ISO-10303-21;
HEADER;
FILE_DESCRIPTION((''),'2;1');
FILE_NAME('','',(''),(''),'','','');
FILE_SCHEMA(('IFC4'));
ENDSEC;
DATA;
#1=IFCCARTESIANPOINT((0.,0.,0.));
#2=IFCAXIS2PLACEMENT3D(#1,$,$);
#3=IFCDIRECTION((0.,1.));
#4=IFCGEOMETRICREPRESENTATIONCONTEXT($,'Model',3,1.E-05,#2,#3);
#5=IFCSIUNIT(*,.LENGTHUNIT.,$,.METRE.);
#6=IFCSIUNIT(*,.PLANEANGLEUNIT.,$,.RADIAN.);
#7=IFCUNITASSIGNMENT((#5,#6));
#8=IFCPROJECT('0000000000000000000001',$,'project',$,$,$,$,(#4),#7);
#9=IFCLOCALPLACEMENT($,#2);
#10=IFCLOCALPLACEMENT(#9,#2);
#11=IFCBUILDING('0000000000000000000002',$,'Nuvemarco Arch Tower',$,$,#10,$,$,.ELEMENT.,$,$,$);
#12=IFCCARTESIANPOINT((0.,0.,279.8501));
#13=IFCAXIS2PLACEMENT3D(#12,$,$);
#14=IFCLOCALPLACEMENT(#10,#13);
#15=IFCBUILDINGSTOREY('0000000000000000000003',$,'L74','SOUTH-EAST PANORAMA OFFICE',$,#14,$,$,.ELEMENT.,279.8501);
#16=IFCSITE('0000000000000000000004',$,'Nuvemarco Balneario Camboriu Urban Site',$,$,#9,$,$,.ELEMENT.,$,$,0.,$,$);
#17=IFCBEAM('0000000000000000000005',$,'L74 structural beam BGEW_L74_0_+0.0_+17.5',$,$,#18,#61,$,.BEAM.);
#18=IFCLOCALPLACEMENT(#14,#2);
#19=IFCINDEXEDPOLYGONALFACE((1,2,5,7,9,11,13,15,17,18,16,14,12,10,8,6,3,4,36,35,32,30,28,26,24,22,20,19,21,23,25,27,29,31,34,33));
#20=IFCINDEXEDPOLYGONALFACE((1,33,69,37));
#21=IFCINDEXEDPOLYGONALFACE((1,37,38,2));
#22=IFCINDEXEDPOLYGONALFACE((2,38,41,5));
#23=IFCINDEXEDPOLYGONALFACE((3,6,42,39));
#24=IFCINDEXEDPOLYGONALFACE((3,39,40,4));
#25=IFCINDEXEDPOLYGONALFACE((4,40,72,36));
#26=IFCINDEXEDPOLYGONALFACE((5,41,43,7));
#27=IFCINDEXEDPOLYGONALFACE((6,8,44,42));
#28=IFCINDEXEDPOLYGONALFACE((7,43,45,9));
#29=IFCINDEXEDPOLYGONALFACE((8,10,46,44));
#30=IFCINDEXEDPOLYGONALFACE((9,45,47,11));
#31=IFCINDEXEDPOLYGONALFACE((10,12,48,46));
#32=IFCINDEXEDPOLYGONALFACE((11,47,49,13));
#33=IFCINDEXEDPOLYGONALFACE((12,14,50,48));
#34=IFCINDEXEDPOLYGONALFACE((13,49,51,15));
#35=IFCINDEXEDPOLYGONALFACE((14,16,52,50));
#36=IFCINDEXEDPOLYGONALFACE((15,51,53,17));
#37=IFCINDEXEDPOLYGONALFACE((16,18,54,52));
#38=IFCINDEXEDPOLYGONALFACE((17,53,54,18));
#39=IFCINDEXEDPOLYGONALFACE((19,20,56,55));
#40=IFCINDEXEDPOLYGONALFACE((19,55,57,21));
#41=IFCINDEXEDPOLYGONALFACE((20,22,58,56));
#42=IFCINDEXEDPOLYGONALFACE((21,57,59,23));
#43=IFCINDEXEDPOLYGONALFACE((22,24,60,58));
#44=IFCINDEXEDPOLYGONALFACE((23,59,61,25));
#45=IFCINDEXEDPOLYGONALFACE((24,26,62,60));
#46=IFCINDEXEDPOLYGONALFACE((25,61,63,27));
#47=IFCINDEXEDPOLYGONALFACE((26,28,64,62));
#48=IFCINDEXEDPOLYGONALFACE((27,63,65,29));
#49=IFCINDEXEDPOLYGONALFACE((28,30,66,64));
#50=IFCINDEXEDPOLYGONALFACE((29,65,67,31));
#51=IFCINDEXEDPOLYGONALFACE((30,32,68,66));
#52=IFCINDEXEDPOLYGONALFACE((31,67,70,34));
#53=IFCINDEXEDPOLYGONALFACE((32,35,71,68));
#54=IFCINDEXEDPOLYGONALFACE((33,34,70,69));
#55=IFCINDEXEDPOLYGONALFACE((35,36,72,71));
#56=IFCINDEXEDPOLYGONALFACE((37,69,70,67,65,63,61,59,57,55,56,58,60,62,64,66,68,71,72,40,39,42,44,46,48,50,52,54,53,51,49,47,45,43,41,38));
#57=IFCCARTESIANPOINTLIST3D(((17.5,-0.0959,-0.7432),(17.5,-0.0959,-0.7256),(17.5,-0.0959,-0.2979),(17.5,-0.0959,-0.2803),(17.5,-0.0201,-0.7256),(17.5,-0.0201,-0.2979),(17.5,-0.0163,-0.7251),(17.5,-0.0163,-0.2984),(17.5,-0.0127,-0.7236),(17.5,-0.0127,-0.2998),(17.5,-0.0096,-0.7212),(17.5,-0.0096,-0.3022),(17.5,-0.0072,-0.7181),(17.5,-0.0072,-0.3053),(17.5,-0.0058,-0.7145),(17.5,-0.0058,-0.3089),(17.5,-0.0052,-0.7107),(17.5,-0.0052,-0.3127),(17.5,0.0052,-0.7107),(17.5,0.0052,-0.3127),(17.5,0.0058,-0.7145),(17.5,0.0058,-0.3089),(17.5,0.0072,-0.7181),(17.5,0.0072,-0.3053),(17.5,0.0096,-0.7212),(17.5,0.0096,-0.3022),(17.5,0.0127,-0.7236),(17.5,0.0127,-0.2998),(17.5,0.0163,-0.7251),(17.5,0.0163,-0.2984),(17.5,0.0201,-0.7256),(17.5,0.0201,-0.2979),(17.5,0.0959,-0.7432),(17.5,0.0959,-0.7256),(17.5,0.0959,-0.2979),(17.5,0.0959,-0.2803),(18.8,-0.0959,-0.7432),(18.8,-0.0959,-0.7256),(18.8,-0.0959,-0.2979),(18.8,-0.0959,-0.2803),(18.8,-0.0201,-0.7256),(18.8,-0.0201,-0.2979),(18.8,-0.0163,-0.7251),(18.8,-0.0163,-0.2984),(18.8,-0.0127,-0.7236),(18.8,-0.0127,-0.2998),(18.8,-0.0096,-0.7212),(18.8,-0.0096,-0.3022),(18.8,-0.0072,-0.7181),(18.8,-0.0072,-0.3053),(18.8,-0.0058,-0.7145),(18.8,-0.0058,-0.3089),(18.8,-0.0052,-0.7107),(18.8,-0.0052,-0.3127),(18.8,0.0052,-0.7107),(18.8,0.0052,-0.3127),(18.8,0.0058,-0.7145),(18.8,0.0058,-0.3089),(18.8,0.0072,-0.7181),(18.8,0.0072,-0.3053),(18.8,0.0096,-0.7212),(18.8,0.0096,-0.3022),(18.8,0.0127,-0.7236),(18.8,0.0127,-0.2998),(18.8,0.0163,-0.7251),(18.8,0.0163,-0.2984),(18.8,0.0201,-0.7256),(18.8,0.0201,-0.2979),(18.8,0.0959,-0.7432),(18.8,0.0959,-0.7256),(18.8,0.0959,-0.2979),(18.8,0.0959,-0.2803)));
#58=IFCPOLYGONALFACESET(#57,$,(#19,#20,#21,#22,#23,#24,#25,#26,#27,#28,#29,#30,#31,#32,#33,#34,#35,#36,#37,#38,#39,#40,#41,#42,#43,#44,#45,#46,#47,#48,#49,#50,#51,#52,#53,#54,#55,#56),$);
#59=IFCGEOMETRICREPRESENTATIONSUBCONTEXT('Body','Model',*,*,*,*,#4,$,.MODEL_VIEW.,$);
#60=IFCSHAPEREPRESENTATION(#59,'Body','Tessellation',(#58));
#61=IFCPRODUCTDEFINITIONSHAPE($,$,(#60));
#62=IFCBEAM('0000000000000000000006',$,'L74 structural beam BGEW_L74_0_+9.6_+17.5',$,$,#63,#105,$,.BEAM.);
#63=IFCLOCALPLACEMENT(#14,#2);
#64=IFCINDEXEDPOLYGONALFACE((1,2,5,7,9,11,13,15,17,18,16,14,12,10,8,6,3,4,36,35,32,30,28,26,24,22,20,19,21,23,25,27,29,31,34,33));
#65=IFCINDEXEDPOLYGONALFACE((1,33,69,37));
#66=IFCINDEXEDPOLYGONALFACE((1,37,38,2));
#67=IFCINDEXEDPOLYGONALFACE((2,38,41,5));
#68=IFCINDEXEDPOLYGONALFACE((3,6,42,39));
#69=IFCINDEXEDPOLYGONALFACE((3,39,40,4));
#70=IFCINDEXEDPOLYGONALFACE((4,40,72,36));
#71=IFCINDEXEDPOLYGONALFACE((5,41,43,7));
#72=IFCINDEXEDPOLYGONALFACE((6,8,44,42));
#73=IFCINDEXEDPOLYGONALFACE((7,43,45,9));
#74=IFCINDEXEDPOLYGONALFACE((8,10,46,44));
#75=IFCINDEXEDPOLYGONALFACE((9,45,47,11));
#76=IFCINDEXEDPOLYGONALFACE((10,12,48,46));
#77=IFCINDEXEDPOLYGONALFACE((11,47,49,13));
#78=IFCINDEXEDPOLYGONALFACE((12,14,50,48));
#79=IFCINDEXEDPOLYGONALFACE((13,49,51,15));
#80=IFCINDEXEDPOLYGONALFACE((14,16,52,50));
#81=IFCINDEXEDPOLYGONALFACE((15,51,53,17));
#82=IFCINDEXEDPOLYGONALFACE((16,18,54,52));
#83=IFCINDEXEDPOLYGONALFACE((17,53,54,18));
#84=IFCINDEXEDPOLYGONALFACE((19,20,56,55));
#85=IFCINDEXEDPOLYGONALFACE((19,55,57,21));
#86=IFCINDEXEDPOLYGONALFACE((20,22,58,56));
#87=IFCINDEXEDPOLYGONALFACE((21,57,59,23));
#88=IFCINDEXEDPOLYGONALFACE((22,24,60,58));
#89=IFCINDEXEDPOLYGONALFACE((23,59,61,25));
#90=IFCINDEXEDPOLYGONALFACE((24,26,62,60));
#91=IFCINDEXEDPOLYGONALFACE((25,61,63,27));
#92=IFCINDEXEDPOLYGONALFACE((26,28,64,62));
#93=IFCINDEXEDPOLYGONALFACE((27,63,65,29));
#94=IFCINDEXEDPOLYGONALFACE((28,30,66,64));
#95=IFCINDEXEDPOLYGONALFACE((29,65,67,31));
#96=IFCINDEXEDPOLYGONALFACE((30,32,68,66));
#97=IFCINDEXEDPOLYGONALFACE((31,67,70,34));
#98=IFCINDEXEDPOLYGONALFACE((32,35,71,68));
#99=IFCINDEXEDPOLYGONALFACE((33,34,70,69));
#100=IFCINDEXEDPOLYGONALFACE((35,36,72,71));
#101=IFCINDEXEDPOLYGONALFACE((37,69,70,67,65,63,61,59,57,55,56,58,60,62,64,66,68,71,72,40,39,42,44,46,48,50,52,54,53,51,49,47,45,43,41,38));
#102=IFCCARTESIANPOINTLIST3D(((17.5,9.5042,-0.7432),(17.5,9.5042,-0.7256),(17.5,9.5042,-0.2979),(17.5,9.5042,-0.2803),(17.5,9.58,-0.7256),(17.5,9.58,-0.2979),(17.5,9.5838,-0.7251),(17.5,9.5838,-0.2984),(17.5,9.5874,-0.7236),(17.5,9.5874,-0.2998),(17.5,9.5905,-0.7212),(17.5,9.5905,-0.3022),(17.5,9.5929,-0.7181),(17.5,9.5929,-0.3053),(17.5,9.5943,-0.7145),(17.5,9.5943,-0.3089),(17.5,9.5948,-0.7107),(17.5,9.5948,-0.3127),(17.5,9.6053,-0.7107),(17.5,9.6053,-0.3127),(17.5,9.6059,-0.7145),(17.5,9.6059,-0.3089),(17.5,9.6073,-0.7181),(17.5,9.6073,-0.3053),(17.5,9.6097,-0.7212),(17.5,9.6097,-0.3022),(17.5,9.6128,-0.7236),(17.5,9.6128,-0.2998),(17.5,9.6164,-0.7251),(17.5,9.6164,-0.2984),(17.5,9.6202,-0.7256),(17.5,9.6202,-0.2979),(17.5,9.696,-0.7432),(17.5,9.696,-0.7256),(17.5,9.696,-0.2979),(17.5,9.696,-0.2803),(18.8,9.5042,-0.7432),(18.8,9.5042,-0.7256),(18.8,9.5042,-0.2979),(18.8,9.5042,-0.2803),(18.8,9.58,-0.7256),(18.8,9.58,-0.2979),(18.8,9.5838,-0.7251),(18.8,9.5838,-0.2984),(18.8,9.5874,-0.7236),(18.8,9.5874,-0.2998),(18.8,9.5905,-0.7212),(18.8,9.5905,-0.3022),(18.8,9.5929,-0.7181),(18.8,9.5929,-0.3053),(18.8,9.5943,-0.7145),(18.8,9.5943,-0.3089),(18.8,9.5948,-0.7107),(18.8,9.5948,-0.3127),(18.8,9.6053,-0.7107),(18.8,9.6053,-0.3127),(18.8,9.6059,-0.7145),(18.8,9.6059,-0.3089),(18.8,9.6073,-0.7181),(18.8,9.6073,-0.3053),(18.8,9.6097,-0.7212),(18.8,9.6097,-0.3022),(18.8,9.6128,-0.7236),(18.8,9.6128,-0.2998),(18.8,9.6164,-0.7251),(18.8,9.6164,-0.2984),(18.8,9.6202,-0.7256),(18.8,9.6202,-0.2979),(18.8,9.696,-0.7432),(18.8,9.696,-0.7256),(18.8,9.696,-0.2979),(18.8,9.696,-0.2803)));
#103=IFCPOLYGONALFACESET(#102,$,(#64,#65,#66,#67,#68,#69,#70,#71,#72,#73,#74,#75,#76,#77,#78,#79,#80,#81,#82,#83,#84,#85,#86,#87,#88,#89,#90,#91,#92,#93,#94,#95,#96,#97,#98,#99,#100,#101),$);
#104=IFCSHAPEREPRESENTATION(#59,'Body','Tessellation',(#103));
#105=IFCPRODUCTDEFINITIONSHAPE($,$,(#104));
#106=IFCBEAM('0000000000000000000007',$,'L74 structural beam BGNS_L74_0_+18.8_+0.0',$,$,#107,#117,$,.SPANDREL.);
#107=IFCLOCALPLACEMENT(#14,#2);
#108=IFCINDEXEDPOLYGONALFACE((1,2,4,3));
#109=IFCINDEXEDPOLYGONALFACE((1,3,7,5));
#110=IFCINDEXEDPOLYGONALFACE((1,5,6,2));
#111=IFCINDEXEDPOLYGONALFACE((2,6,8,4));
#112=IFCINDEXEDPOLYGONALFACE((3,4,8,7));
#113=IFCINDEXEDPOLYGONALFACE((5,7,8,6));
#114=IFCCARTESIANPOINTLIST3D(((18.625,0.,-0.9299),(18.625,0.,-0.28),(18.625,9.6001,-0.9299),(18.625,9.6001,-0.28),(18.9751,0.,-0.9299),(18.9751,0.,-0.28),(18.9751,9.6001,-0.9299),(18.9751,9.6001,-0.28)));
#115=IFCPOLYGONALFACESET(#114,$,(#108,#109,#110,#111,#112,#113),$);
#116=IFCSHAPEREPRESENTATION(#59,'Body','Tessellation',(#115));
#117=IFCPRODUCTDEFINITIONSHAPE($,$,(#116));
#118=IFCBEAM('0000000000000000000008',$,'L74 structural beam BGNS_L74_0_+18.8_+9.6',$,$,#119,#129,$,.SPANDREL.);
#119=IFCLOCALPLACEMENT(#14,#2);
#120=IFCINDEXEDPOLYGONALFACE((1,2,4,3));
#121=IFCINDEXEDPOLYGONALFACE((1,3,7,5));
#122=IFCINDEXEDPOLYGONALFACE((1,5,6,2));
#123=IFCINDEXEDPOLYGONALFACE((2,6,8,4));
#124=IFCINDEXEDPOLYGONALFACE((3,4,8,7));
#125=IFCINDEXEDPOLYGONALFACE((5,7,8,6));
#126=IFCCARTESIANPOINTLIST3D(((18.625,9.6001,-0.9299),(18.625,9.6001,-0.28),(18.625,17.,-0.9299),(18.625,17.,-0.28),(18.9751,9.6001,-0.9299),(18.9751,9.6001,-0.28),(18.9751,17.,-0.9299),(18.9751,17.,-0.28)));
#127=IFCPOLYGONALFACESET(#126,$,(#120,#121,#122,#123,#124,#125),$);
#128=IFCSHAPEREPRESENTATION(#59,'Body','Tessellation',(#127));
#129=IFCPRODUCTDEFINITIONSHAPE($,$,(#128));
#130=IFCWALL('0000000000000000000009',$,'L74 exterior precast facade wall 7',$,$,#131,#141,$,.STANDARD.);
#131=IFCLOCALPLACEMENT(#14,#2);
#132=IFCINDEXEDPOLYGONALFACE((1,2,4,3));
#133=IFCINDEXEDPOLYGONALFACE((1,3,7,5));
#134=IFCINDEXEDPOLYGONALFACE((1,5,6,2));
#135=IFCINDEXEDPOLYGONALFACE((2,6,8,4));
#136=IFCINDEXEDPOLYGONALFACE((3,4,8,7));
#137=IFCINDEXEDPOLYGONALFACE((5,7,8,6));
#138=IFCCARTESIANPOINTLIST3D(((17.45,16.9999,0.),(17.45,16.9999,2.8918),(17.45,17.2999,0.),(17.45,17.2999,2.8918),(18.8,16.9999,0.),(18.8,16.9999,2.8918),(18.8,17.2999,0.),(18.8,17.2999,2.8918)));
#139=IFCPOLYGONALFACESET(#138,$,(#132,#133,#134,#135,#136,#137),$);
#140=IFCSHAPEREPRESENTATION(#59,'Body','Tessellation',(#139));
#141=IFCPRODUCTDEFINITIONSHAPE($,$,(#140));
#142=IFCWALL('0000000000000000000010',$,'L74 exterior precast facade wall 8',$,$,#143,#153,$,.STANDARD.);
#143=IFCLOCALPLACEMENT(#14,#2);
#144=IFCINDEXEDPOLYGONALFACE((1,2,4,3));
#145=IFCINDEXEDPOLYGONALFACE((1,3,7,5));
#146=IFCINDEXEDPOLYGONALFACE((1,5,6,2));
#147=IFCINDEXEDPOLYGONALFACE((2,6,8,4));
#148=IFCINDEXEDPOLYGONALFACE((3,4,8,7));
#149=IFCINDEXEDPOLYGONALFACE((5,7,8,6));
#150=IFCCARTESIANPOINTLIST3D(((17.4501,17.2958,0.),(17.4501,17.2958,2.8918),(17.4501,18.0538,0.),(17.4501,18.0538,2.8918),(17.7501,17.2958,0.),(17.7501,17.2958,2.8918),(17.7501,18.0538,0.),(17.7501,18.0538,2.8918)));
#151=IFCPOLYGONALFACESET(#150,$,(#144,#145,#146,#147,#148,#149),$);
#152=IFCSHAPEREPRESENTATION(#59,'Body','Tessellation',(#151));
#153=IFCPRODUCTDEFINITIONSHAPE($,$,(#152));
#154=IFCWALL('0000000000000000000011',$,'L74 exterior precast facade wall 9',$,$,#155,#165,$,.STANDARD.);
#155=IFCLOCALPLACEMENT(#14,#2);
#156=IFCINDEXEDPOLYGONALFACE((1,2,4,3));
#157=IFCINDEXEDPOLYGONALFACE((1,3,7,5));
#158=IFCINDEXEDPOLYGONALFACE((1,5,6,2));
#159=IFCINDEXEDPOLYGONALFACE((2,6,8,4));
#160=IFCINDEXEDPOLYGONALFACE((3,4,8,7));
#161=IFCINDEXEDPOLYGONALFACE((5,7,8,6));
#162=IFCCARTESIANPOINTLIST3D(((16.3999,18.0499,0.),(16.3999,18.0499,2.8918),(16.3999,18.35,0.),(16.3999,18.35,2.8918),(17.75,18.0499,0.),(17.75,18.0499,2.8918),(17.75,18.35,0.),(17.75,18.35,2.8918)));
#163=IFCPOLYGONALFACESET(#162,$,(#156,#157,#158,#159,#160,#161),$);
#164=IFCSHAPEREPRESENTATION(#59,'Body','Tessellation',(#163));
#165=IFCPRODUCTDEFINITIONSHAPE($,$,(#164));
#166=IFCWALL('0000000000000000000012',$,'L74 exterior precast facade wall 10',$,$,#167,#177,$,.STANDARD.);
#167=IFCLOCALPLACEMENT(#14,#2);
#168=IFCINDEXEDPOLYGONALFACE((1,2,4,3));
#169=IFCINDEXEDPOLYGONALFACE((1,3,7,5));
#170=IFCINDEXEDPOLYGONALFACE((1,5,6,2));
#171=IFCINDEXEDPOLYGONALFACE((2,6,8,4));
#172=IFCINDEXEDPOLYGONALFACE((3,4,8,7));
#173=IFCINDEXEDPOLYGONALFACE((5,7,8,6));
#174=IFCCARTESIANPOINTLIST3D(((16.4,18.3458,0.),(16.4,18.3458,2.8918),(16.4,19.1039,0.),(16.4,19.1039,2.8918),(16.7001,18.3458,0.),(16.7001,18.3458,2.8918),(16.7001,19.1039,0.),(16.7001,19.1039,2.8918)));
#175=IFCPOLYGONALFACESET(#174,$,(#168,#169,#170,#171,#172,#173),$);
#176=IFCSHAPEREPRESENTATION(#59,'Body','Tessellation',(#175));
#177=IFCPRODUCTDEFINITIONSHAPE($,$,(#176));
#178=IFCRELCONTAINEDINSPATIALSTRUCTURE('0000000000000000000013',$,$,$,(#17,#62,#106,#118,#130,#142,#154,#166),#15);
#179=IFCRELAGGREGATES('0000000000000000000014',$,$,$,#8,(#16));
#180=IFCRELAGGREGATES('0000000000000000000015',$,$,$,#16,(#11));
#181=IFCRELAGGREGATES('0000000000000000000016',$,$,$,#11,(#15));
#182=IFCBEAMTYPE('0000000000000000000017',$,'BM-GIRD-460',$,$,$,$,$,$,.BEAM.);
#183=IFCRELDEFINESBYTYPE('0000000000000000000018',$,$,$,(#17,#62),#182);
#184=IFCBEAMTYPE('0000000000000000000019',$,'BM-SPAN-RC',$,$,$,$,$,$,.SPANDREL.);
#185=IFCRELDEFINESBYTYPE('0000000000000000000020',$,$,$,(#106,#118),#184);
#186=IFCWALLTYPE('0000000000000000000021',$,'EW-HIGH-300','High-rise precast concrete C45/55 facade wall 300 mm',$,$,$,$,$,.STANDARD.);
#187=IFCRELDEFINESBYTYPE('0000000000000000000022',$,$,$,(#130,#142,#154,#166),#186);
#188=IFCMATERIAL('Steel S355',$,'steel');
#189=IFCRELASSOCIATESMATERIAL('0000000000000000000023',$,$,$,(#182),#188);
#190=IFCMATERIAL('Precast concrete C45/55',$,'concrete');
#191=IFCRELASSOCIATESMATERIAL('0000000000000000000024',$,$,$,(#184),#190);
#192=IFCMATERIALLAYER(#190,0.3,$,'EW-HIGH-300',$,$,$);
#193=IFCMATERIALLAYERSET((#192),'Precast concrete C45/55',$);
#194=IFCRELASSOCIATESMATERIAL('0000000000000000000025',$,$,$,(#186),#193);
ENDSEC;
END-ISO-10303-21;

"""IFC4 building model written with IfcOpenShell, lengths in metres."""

from ifc_helpers import new_model, si_unit, direction, frame, frame_2d, origin, origin_2d, place, context, subcontext, project, spatial, rectangle, i_section, extrude, material, layer, layer_set, material_profile, profile_set, type_object, element, save


model = new_model("IFC4")

# Units and contexts
model_context = context("Model", 3, precision=1e-05, world=origin(), true_north=direction((0.0, 1.0)))
body_context = subcontext(model_context, "Body", "Model", "MODEL_VIEW")
ifc_project = project(units=[si_unit("LENGTHUNIT", "METRE"), si_unit("PLANEANGLEUNIT", "RADIAN")], contexts=[model_context])

# Site, building, storey
site_placement = place(None, origin())
site = spatial("IfcSite", under=ifc_project, at=site_placement, Name="Nuvemarco Balneario Camboriu Urban Site", CompositionType="ELEMENT", RefElevation=0.0)
building_placement = place(site_placement, origin())
building = spatial("IfcBuilding", under=site, at=building_placement, Name="Nuvemarco Arch Tower", CompositionType="ELEMENT")
storey_placement = place(building_placement, frame((0.0, 0.0, 279.8501)))
storey = spatial("IfcBuildingStorey", under=building, at=storey_placement, Name="L74", Description="SOUTH-EAST PANORAMA OFFICE", CompositionType="ELEMENT", Elevation=279.8501)

# Shared definitions
ifc_material_1 = material(Name="Steel S355", Category="steel")

# Beams
ifc_material_profile_1 = material_profile(ifc_material_1, i_section(OverallWidth=0.1919, OverallDepth=0.4629, WebThickness=0.0105, FlangeThickness=0.0176, FilletRadius=0.0149, at=origin_2d()), Name="W460x89")
ifc_profile_set_1 = profile_set([ifc_material_profile_1], Name="Steel S355")
beam_type_1 = type_object("IfcBeamType", Name="BM-GIRD-460", PredefinedType="BEAM", material=ifc_profile_set_1)
for number, where, z_axis, x_axis, name in (
    (1, (17.5, 0.0, -0.5117), (1.0, 0.0, 0.0), (0.0, 1.0, 0.0), "L74 structural beam BGEW_L74_0_+0.0_+17.5"),
    (2, (17.5, 9.6001, -0.5117), (1.0, 0.0, 0.0), (0.0, 1.0, 0.0), "L74 structural beam BGEW_L74_0_+9.6_+17.5"),
):
    element("IfcBeam", number, at=place(storey_placement, frame(where, z_axis=z_axis, x_axis=x_axis)), inside=storey, type_object=beam_type_1, Name=name, PredefinedType="BEAM", context=body_context, shape_type="SweptSolid", body=[
        extrude(i_section(OverallWidth=0.1919, OverallDepth=0.4629, WebThickness=0.0105, FlangeThickness=0.0176, FilletRadius=0.0149, at=origin_2d()), origin(), (0.0, 0.0, 1.0), 1.3),
    ])
ifc_material_2 = material(Name="Precast concrete C45/55", Category="concrete")
ifc_material_profile_2 = material_profile(ifc_material_2, rectangle(XDim=0.3501, YDim=0.6499, at=origin_2d()), Name="PC-SP-350x650")
ifc_profile_set_2 = profile_set([ifc_material_profile_2], Name="Precast concrete C45/55")
beam_type_2 = type_object("IfcBeamType", Name="BM-SPAN-RC", PredefinedType="SPANDREL", material=ifc_profile_set_2)
beam_1_placement = place(storey_placement, frame((18.8, 0.0, -0.605), z_axis=(0.0, 1.0, 0.0), x_axis=(-1.0, 0.0, 0.0)))
element("IfcBeam", 3, at=beam_1_placement, inside=storey, type_object=beam_type_2, Name="L74 structural beam BGNS_L74_0_+18.8_+0.0", PredefinedType="SPANDREL", context=body_context, shape_type="SweptSolid", body=[
    extrude(rectangle(XDim=0.3501, YDim=0.6499, at=origin_2d()), origin(), (0.0, 0.0, 1.0), 9.6001),
])
beam_2_placement = place(storey_placement, frame((18.8, 9.6001, -0.605), z_axis=(0.0, 1.0, 0.0), x_axis=(-1.0, 0.0, 0.0)))
element("IfcBeam", 4, at=beam_2_placement, inside=storey, type_object=beam_type_2, Name="L74 structural beam BGNS_L74_0_+18.8_+9.6", PredefinedType="SPANDREL", context=body_context, shape_type="SweptSolid", body=[
    extrude(rectangle(XDim=0.3501, YDim=0.6499, at=origin_2d()), origin(), (0.0, 0.0, 1.0), 7.3999),
])

# Walls
ifc_layer_1 = layer(ifc_material_2, 0.3, Name="EW-HIGH-300")
ifc_layer_set_1 = layer_set([ifc_layer_1], Name="Precast concrete C45/55")
wall_type_1 = type_object("IfcWallType", Name="EW-HIGH-300", Description="High-rise precast concrete C45/55 facade wall 300 mm", PredefinedType="STANDARD", material=ifc_layer_set_1)
wall_1_placement = place(storey_placement, frame((17.45, 17.1499, 0.0), z_axis=(0.0, 0.0, 1.0), x_axis=(1.0, 0.0, 0.0)))
element("IfcWall", 5, at=wall_1_placement, inside=storey, type_object=wall_type_1, Name="L74 exterior precast facade wall 7", PredefinedType="STANDARD", context=body_context, shape_type="SweptSolid", body=[
    extrude(rectangle(XDim=1.3501, YDim=0.3, at=frame_2d((0.675, 0.0))), origin(), (0.0, 0.0, 1.0), 2.8918),
])
wall_2_placement = place(storey_placement, frame((17.6001, 17.2959, 0.0), z_axis=(0.0, 0.0, 1.0), x_axis=(0.0, 1.0, 0.0)))
element("IfcWall", 6, at=wall_2_placement, inside=storey, type_object=wall_type_1, Name="L74 exterior precast facade wall 8", PredefinedType="STANDARD", context=body_context, shape_type="SweptSolid", body=[
    extrude(rectangle(XDim=0.7581, YDim=0.3, at=frame_2d((0.3789, 0.0))), origin(), (0.0, 0.0, 1.0), 2.8918),
])
wall_3_placement = place(storey_placement, frame((16.3999, 18.2, 0.0), z_axis=(0.0, 0.0, 1.0), x_axis=(1.0, 0.0, 0.0)))
element("IfcWall", 7, at=wall_3_placement, inside=storey, type_object=wall_type_1, Name="L74 exterior precast facade wall 9", PredefinedType="STANDARD", context=body_context, shape_type="SweptSolid", body=[
    extrude(rectangle(XDim=1.3501, YDim=0.3, at=frame_2d((0.675, 0.0))), origin(), (0.0, 0.0, 1.0), 2.8918),
])
wall_4_placement = place(storey_placement, frame((16.55, 18.3459, 0.0), z_axis=(0.0, 0.0, 1.0), x_axis=(0.0, 1.0, 0.0)))
element("IfcWall", 8, at=wall_4_placement, inside=storey, type_object=wall_type_1, Name="L74 exterior precast facade wall 10", PredefinedType="STANDARD", context=body_context, shape_type="SweptSolid", body=[
    extrude(rectangle(XDim=0.7581, YDim=0.3, at=frame_2d((0.3789, 0.0))), origin(), (0.0, 0.0, 1.0), 2.8918),
])

save(model, "model.ifc")
